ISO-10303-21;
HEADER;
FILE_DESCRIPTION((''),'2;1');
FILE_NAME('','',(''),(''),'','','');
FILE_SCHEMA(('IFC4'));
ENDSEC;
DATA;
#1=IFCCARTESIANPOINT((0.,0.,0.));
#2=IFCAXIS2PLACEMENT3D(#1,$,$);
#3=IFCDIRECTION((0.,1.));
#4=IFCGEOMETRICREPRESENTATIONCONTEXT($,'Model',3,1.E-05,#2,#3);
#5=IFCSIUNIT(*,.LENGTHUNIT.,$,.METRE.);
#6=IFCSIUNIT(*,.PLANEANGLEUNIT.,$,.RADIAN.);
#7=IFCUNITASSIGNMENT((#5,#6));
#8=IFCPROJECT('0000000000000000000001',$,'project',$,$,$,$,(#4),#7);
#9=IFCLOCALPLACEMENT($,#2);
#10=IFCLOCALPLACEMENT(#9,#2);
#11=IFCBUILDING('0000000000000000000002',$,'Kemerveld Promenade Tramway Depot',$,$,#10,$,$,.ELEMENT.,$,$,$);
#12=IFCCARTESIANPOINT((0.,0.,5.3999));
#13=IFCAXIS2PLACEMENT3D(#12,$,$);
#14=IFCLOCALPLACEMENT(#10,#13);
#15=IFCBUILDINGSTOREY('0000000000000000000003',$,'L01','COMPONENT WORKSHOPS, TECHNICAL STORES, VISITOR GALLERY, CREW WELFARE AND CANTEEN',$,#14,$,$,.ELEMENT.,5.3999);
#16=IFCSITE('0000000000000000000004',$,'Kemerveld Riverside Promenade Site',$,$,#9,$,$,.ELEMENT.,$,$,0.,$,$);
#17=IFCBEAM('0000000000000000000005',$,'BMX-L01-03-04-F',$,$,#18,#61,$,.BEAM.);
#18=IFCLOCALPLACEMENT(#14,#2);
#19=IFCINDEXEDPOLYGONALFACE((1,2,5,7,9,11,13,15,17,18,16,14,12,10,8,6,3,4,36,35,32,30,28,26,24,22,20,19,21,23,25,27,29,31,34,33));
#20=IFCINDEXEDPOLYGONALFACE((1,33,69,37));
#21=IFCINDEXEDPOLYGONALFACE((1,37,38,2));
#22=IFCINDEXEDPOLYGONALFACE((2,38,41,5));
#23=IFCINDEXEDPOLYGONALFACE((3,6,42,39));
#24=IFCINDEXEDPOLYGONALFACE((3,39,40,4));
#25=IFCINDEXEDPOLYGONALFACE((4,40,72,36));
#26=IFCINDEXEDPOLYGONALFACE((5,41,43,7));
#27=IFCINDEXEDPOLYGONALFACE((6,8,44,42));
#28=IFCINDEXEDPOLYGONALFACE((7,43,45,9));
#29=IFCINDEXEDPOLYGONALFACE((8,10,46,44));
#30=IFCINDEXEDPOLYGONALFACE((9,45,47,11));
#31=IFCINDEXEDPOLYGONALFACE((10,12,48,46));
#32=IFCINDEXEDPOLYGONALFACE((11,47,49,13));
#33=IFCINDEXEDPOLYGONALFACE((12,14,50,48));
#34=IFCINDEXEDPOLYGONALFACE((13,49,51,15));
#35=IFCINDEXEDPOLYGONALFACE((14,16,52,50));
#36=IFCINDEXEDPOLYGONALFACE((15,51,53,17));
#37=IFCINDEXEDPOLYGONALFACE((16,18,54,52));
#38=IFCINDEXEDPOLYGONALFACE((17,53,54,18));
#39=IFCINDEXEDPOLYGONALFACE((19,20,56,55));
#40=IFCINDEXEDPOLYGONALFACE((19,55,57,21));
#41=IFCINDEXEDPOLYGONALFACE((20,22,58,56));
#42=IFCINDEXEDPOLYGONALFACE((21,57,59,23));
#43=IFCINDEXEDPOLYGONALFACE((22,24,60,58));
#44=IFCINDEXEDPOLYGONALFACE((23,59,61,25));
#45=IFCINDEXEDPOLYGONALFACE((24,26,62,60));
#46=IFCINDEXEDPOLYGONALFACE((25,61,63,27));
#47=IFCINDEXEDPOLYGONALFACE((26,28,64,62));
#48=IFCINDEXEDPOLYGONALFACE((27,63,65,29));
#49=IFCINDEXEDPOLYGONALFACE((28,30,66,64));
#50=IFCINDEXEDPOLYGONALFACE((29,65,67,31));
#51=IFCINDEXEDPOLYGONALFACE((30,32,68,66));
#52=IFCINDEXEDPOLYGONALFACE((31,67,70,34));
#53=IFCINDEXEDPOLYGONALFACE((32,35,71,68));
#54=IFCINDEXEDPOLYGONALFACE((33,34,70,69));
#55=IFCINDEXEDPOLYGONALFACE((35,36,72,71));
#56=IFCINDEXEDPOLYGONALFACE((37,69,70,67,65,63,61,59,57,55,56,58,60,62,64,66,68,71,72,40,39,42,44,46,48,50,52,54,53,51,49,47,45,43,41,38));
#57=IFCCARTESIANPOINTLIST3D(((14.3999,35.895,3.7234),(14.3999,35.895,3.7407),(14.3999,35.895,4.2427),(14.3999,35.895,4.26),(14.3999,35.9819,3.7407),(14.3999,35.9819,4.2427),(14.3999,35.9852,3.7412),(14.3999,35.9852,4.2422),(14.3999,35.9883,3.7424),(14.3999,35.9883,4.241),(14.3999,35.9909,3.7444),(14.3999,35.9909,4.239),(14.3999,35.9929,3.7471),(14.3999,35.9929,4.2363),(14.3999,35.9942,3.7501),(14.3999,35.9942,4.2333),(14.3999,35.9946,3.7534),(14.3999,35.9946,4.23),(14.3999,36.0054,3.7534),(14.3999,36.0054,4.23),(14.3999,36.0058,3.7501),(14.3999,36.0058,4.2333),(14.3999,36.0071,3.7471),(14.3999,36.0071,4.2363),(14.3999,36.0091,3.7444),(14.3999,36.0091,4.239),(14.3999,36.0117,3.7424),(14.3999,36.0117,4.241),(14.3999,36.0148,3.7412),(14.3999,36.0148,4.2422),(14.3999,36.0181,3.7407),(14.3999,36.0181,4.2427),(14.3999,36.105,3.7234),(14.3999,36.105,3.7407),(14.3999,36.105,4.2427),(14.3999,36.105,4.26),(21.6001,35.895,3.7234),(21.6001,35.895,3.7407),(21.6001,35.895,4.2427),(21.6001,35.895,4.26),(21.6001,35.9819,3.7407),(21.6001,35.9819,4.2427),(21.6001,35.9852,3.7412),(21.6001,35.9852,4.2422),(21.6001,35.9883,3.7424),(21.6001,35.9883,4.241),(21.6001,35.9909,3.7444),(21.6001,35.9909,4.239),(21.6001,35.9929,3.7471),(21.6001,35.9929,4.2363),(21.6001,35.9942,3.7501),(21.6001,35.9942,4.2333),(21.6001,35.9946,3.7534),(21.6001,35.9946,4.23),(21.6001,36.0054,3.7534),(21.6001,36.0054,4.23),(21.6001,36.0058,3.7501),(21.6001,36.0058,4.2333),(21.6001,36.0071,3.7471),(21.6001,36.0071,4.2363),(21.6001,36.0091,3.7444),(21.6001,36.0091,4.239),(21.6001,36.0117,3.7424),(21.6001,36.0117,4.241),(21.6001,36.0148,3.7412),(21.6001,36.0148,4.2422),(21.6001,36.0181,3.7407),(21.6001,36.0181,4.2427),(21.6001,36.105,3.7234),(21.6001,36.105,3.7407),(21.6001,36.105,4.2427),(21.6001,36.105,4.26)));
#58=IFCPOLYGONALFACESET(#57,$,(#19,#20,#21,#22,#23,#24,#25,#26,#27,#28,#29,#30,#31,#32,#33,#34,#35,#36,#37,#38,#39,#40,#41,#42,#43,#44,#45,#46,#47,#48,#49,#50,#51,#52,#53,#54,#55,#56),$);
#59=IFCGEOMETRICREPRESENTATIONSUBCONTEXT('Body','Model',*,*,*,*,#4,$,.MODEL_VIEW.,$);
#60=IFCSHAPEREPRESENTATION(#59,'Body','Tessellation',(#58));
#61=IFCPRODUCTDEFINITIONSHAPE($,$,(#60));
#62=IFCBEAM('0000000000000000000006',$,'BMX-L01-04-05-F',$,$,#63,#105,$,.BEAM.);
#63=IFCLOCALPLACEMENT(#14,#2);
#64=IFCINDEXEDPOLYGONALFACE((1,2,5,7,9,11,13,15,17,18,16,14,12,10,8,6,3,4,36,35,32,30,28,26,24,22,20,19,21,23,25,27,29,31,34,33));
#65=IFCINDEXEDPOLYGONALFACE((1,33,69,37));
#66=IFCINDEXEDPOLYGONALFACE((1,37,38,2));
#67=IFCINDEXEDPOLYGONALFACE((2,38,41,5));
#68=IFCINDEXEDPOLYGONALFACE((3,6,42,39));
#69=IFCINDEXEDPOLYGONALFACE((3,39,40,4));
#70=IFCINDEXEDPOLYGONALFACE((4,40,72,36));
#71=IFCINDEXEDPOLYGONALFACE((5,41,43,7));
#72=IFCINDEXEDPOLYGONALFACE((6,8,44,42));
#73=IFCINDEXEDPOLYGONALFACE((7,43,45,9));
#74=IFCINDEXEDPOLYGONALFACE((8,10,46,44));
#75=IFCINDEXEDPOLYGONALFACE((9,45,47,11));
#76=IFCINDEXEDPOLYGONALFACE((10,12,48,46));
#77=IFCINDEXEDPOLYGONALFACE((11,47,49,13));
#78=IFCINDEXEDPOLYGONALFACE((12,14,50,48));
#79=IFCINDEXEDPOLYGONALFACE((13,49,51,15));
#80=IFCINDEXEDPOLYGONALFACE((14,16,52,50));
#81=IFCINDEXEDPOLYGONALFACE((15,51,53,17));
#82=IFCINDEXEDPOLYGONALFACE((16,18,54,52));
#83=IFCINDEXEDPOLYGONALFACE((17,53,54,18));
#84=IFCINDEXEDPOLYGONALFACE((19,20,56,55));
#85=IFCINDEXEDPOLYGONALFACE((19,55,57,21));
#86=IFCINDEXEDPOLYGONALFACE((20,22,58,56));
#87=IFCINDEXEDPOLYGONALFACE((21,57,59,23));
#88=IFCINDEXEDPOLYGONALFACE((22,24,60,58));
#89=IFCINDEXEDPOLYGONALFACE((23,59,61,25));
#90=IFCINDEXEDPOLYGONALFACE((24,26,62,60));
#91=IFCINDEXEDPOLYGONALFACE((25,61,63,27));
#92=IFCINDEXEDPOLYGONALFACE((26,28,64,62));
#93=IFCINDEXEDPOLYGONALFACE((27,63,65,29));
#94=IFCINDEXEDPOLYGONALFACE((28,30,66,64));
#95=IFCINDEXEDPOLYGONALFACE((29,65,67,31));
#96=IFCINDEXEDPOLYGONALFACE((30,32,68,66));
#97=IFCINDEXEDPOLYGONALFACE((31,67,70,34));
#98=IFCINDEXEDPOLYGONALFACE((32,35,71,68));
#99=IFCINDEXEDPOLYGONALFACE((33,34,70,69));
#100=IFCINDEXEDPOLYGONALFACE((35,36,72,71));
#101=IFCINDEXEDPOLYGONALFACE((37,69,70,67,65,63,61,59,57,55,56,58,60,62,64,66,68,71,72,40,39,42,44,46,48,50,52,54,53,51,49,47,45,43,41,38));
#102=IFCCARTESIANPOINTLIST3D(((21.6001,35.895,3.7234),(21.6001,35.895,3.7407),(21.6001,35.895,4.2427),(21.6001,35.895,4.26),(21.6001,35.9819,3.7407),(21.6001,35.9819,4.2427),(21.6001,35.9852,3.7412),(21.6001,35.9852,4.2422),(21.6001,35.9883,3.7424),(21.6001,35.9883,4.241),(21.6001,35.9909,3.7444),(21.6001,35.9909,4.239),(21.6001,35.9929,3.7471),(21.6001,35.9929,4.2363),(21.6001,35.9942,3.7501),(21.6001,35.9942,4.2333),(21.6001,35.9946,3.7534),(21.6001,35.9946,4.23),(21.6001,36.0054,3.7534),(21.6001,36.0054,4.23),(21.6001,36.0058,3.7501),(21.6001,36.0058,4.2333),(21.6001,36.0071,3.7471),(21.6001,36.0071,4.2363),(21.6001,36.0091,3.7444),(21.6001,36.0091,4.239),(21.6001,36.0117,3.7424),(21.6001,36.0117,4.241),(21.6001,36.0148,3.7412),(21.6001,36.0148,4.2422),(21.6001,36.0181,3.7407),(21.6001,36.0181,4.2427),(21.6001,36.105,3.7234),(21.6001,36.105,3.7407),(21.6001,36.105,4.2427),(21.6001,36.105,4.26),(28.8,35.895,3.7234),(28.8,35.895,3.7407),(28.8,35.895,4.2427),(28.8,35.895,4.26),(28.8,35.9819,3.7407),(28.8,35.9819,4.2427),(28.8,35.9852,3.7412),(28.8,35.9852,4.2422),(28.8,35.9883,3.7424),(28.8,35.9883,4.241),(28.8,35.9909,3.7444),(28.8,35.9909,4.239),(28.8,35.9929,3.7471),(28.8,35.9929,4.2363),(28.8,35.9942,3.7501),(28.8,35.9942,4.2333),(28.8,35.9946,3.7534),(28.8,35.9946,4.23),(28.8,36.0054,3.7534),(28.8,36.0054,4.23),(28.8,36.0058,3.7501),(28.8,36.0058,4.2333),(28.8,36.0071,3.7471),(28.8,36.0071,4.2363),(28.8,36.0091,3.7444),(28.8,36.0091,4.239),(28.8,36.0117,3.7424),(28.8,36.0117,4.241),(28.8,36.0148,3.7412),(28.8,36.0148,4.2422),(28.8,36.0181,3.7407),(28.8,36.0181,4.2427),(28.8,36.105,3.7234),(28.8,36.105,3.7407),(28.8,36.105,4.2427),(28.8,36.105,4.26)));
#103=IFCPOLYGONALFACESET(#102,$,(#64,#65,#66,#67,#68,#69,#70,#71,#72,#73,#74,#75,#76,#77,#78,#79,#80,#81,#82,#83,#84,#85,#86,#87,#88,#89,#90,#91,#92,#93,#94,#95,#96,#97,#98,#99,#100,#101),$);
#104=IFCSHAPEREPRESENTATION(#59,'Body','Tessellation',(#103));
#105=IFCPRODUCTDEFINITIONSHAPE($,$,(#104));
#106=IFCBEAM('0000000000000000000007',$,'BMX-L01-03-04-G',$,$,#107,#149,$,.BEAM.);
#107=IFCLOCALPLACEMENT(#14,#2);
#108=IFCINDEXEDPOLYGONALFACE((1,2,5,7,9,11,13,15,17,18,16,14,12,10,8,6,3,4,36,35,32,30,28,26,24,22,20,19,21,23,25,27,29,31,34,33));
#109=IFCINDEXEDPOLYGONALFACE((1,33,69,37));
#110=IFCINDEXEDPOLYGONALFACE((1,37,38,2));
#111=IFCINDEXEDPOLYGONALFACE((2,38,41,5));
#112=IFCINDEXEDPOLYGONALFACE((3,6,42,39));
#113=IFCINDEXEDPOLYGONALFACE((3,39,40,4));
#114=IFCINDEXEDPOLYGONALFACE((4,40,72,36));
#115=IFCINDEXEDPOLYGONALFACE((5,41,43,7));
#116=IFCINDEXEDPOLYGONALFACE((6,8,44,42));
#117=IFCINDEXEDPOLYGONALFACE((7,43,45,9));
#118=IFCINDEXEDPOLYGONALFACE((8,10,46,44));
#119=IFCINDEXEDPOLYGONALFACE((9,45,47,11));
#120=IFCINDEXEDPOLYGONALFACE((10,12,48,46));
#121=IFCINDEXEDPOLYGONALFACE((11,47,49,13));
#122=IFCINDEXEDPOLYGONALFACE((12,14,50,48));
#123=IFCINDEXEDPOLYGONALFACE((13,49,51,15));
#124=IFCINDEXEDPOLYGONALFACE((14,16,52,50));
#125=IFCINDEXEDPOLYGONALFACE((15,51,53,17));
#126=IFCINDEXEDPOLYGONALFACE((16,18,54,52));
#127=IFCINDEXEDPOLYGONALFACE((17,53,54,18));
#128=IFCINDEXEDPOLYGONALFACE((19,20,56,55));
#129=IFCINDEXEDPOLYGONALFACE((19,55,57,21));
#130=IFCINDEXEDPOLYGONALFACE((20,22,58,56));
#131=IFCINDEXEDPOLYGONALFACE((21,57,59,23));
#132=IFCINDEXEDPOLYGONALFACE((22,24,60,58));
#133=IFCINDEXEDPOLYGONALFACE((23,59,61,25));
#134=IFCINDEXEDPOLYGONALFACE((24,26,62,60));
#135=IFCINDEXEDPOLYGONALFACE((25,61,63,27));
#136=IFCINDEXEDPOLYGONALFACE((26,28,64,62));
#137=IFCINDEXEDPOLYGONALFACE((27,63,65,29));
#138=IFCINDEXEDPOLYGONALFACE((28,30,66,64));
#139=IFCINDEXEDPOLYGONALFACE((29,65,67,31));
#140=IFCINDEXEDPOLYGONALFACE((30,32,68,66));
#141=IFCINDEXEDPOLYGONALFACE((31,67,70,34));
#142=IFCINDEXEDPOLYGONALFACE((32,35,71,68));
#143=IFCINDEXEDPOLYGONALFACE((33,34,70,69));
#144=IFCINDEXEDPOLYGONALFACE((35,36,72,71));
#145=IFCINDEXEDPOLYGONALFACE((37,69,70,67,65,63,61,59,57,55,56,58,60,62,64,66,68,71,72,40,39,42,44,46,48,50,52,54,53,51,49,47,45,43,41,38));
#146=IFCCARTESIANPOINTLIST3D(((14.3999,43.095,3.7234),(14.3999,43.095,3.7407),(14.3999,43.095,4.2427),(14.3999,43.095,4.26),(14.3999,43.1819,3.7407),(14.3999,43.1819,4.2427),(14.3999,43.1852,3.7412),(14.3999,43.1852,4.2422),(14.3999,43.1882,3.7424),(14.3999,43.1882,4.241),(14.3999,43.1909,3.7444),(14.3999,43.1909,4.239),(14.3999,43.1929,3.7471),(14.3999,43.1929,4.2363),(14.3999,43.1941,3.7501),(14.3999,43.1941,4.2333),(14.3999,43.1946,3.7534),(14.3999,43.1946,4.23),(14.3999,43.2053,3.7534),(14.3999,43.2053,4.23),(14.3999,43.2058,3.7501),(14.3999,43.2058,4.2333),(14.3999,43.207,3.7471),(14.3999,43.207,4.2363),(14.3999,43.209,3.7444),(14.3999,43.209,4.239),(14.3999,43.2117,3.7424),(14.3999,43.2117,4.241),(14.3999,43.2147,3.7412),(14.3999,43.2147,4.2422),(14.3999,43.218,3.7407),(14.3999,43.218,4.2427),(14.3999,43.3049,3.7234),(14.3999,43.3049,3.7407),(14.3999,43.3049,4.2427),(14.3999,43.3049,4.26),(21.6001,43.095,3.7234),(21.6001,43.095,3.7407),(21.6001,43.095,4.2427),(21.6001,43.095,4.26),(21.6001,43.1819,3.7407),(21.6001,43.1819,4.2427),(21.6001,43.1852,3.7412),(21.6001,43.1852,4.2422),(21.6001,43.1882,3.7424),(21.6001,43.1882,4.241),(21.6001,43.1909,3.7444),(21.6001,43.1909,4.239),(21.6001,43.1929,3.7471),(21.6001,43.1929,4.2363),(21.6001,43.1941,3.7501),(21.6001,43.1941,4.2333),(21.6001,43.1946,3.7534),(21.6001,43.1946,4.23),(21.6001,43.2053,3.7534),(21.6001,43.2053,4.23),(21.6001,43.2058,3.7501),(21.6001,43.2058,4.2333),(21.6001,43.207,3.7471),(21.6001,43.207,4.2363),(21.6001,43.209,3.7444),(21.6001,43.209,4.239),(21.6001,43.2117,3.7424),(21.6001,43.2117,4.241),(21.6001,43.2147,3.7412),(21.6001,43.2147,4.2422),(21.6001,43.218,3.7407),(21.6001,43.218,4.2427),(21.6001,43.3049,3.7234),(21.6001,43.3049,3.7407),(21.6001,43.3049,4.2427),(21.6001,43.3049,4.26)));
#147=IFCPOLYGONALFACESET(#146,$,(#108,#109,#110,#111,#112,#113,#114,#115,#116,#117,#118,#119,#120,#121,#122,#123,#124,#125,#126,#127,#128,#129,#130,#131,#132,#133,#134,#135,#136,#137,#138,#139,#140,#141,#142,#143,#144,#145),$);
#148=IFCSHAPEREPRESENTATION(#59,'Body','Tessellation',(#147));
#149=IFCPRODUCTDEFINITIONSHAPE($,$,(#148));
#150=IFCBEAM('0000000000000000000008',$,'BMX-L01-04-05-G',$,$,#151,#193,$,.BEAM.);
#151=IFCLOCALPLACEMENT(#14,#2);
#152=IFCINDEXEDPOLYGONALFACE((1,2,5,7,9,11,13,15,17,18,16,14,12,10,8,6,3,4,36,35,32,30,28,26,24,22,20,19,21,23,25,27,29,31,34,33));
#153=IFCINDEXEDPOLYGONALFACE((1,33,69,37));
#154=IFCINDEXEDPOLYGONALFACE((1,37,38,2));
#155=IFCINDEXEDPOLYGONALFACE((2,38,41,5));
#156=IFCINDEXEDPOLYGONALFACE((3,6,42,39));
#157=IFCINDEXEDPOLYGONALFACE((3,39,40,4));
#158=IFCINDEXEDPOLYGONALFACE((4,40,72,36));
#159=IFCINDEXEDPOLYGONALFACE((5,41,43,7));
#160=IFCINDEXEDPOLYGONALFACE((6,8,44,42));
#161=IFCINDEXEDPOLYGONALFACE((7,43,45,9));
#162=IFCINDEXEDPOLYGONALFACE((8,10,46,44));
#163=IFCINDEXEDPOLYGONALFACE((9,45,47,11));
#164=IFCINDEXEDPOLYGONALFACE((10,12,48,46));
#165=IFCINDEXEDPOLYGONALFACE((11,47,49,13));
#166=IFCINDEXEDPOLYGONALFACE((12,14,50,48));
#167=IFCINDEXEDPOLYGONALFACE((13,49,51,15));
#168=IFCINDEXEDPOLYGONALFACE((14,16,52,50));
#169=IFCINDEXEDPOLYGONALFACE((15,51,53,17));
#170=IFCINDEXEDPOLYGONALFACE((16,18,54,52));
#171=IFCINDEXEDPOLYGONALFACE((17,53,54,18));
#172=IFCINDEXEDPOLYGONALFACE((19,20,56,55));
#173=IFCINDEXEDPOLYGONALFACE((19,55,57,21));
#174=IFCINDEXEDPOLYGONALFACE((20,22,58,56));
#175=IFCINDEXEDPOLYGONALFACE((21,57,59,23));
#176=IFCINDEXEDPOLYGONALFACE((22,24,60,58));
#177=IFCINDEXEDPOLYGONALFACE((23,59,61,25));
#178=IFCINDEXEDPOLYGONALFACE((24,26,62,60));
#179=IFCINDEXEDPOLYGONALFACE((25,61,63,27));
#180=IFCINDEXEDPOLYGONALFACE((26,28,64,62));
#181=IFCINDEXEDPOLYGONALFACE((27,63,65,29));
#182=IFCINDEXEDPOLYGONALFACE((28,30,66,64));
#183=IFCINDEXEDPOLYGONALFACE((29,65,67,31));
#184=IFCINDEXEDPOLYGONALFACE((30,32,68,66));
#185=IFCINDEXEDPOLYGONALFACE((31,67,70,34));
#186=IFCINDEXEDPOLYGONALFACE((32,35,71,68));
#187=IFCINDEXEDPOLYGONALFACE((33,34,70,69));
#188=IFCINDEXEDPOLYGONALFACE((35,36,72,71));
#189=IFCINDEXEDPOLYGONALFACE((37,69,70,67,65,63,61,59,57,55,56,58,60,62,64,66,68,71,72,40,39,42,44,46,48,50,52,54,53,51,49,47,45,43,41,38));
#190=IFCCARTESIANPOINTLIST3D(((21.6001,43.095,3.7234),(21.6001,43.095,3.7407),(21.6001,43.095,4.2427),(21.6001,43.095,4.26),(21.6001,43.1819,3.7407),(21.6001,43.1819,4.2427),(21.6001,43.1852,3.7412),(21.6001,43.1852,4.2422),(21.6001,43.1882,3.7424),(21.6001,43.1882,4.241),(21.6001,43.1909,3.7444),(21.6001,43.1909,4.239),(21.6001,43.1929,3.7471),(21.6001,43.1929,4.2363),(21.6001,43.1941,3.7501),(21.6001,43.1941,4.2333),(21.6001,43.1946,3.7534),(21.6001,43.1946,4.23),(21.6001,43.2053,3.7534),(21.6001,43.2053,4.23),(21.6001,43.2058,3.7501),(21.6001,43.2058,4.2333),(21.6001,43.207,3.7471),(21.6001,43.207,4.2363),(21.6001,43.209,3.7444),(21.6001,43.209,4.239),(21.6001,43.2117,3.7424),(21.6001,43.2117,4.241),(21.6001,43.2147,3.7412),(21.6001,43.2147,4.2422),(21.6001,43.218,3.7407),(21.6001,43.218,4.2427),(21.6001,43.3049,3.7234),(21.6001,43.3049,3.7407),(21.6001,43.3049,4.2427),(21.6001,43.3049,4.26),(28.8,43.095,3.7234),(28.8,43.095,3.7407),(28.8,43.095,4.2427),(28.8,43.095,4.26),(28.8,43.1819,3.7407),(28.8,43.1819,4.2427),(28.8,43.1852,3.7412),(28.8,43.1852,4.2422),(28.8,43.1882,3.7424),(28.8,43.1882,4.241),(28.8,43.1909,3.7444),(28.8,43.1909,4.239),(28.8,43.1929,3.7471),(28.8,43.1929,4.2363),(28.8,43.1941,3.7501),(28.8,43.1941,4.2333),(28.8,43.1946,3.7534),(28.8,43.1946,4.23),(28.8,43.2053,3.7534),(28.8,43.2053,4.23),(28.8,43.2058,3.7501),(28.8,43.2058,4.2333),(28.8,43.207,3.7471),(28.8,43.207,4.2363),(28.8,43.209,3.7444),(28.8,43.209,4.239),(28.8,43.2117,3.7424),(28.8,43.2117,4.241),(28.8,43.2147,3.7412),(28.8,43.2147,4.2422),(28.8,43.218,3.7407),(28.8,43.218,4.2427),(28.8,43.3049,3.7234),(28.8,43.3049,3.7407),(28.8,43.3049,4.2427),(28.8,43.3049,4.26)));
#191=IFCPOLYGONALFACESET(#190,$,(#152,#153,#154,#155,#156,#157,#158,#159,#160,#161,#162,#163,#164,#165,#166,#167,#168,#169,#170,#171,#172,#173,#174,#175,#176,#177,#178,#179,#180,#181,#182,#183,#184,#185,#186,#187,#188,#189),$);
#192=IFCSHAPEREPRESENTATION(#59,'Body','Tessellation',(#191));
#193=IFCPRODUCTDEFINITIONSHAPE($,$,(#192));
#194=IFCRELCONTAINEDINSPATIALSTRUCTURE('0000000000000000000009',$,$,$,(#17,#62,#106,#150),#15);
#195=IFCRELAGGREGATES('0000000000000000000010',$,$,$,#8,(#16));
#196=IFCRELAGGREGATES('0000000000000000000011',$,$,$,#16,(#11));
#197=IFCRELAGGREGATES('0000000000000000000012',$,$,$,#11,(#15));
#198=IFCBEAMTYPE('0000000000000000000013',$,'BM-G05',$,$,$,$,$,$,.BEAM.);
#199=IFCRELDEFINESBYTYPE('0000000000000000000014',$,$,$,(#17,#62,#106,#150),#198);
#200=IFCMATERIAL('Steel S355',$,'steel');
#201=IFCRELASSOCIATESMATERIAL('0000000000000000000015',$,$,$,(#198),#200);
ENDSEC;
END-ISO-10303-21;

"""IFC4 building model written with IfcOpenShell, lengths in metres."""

from ifc_helpers import new_model, si_unit, direction, frame, origin, origin_2d, place, context, subcontext, project, spatial, i_section, extrude, material, material_profile, profile_set, type_object, element, save


model = new_model("IFC4")

# Units and contexts
model_context = context("Model", 3, precision=1e-05, world=origin(), true_north=direction((0.0, 1.0)))
body_context = subcontext(model_context, "Body", "Model", "MODEL_VIEW")
ifc_project = project(units=[si_unit("LENGTHUNIT", "METRE"), si_unit("PLANEANGLEUNIT", "RADIAN")], contexts=[model_context])

# Site, building, storey
site_placement = place(None, origin())
site = spatial("IfcSite", under=ifc_project, at=site_placement, Name="Kemerveld Riverside Promenade Site", CompositionType="ELEMENT", RefElevation=0.0)
building_placement = place(site_placement, origin())
building = spatial("IfcBuilding", under=site, at=building_placement, Name="Kemerveld Promenade Tramway Depot", CompositionType="ELEMENT")
storey_placement = place(building_placement, frame((0.0, 0.0, 5.3999)))
storey = spatial("IfcBuildingStorey", under=building, at=storey_placement, Name="L01", Description="COMPONENT WORKSHOPS, TECHNICAL STORES, VISITOR GALLERY, CREW WELFARE AND CANTEEN", CompositionType="ELEMENT", Elevation=5.3999)

# Shared definitions
ifc_material_1 = material(Name="Steel S355", Category="steel")

# Beams
ifc_material_profile_1 = material_profile(ifc_material_1, i_section(OverallWidth=0.21, OverallDepth=0.5366, WebThickness=0.0107, FlangeThickness=0.0173, FilletRadius=0.0127, at=origin_2d()), Name="533x210x101 UB")
ifc_profile_set_1 = profile_set([ifc_material_profile_1], Name="Steel S355")
beam_type_1 = type_object("IfcBeamType", Name="BM-G05", PredefinedType="BEAM", material=ifc_profile_set_1)
beam_1_placement = place(storey_placement, frame((14.3999, 36.0, 3.9917), z_axis=(1.0, 0.0, 0.0), x_axis=(0.0, 1.0, 0.0)))
element("IfcBeam", 1, at=beam_1_placement, inside=storey, type_object=beam_type_1, Name="BMX-L01-03-04-F", PredefinedType="BEAM", context=body_context, shape_type="SweptSolid", body=[
    extrude(i_section(OverallWidth=0.21, OverallDepth=0.5366, WebThickness=0.0107, FlangeThickness=0.0173, FilletRadius=0.0127, at=origin_2d()), origin(), (0.0, 0.0, 1.0), 7.2002),
])
beam_2_placement = place(storey_placement, frame((21.6001, 36.0, 3.9917), z_axis=(1.0, 0.0, 0.0), x_axis=(0.0, 1.0, 0.0)))
element("IfcBeam", 2, at=beam_2_placement, inside=storey, type_object=beam_type_1, Name="BMX-L01-04-05-F", PredefinedType="BEAM", context=body_context, shape_type="SweptSolid", body=[
    extrude(i_section(OverallWidth=0.21, OverallDepth=0.5366, WebThickness=0.0107, FlangeThickness=0.0173, FilletRadius=0.0127, at=origin_2d()), origin(), (0.0, 0.0, 1.0), 7.2),
])
beam_3_placement = place(storey_placement, frame((14.3999, 43.2, 3.9917), z_axis=(1.0, 0.0, 0.0), x_axis=(0.0, 1.0, 0.0)))
element("IfcBeam", 3, at=beam_3_placement, inside=storey, type_object=beam_type_1, Name="BMX-L01-03-04-G", PredefinedType="BEAM", context=body_context, shape_type="SweptSolid", body=[
    extrude(i_section(OverallWidth=0.21, OverallDepth=0.5366, WebThickness=0.0107, FlangeThickness=0.0173, FilletRadius=0.0127, at=origin_2d()), origin(), (0.0, 0.0, 1.0), 7.2002),
])
beam_4_placement = place(storey_placement, frame((21.6001, 43.2, 3.9917), z_axis=(1.0, 0.0, 0.0), x_axis=(0.0, 1.0, 0.0)))
element("IfcBeam", 4, at=beam_4_placement, inside=storey, type_object=beam_type_1, Name="BMX-L01-04-05-G", PredefinedType="BEAM", context=body_context, shape_type="SweptSolid", body=[
    extrude(i_section(OverallWidth=0.21, OverallDepth=0.5366, WebThickness=0.0107, FlangeThickness=0.0173, FilletRadius=0.0127, at=origin_2d()), origin(), (0.0, 0.0, 1.0), 7.2),
])

save(model, "model.ifc")
